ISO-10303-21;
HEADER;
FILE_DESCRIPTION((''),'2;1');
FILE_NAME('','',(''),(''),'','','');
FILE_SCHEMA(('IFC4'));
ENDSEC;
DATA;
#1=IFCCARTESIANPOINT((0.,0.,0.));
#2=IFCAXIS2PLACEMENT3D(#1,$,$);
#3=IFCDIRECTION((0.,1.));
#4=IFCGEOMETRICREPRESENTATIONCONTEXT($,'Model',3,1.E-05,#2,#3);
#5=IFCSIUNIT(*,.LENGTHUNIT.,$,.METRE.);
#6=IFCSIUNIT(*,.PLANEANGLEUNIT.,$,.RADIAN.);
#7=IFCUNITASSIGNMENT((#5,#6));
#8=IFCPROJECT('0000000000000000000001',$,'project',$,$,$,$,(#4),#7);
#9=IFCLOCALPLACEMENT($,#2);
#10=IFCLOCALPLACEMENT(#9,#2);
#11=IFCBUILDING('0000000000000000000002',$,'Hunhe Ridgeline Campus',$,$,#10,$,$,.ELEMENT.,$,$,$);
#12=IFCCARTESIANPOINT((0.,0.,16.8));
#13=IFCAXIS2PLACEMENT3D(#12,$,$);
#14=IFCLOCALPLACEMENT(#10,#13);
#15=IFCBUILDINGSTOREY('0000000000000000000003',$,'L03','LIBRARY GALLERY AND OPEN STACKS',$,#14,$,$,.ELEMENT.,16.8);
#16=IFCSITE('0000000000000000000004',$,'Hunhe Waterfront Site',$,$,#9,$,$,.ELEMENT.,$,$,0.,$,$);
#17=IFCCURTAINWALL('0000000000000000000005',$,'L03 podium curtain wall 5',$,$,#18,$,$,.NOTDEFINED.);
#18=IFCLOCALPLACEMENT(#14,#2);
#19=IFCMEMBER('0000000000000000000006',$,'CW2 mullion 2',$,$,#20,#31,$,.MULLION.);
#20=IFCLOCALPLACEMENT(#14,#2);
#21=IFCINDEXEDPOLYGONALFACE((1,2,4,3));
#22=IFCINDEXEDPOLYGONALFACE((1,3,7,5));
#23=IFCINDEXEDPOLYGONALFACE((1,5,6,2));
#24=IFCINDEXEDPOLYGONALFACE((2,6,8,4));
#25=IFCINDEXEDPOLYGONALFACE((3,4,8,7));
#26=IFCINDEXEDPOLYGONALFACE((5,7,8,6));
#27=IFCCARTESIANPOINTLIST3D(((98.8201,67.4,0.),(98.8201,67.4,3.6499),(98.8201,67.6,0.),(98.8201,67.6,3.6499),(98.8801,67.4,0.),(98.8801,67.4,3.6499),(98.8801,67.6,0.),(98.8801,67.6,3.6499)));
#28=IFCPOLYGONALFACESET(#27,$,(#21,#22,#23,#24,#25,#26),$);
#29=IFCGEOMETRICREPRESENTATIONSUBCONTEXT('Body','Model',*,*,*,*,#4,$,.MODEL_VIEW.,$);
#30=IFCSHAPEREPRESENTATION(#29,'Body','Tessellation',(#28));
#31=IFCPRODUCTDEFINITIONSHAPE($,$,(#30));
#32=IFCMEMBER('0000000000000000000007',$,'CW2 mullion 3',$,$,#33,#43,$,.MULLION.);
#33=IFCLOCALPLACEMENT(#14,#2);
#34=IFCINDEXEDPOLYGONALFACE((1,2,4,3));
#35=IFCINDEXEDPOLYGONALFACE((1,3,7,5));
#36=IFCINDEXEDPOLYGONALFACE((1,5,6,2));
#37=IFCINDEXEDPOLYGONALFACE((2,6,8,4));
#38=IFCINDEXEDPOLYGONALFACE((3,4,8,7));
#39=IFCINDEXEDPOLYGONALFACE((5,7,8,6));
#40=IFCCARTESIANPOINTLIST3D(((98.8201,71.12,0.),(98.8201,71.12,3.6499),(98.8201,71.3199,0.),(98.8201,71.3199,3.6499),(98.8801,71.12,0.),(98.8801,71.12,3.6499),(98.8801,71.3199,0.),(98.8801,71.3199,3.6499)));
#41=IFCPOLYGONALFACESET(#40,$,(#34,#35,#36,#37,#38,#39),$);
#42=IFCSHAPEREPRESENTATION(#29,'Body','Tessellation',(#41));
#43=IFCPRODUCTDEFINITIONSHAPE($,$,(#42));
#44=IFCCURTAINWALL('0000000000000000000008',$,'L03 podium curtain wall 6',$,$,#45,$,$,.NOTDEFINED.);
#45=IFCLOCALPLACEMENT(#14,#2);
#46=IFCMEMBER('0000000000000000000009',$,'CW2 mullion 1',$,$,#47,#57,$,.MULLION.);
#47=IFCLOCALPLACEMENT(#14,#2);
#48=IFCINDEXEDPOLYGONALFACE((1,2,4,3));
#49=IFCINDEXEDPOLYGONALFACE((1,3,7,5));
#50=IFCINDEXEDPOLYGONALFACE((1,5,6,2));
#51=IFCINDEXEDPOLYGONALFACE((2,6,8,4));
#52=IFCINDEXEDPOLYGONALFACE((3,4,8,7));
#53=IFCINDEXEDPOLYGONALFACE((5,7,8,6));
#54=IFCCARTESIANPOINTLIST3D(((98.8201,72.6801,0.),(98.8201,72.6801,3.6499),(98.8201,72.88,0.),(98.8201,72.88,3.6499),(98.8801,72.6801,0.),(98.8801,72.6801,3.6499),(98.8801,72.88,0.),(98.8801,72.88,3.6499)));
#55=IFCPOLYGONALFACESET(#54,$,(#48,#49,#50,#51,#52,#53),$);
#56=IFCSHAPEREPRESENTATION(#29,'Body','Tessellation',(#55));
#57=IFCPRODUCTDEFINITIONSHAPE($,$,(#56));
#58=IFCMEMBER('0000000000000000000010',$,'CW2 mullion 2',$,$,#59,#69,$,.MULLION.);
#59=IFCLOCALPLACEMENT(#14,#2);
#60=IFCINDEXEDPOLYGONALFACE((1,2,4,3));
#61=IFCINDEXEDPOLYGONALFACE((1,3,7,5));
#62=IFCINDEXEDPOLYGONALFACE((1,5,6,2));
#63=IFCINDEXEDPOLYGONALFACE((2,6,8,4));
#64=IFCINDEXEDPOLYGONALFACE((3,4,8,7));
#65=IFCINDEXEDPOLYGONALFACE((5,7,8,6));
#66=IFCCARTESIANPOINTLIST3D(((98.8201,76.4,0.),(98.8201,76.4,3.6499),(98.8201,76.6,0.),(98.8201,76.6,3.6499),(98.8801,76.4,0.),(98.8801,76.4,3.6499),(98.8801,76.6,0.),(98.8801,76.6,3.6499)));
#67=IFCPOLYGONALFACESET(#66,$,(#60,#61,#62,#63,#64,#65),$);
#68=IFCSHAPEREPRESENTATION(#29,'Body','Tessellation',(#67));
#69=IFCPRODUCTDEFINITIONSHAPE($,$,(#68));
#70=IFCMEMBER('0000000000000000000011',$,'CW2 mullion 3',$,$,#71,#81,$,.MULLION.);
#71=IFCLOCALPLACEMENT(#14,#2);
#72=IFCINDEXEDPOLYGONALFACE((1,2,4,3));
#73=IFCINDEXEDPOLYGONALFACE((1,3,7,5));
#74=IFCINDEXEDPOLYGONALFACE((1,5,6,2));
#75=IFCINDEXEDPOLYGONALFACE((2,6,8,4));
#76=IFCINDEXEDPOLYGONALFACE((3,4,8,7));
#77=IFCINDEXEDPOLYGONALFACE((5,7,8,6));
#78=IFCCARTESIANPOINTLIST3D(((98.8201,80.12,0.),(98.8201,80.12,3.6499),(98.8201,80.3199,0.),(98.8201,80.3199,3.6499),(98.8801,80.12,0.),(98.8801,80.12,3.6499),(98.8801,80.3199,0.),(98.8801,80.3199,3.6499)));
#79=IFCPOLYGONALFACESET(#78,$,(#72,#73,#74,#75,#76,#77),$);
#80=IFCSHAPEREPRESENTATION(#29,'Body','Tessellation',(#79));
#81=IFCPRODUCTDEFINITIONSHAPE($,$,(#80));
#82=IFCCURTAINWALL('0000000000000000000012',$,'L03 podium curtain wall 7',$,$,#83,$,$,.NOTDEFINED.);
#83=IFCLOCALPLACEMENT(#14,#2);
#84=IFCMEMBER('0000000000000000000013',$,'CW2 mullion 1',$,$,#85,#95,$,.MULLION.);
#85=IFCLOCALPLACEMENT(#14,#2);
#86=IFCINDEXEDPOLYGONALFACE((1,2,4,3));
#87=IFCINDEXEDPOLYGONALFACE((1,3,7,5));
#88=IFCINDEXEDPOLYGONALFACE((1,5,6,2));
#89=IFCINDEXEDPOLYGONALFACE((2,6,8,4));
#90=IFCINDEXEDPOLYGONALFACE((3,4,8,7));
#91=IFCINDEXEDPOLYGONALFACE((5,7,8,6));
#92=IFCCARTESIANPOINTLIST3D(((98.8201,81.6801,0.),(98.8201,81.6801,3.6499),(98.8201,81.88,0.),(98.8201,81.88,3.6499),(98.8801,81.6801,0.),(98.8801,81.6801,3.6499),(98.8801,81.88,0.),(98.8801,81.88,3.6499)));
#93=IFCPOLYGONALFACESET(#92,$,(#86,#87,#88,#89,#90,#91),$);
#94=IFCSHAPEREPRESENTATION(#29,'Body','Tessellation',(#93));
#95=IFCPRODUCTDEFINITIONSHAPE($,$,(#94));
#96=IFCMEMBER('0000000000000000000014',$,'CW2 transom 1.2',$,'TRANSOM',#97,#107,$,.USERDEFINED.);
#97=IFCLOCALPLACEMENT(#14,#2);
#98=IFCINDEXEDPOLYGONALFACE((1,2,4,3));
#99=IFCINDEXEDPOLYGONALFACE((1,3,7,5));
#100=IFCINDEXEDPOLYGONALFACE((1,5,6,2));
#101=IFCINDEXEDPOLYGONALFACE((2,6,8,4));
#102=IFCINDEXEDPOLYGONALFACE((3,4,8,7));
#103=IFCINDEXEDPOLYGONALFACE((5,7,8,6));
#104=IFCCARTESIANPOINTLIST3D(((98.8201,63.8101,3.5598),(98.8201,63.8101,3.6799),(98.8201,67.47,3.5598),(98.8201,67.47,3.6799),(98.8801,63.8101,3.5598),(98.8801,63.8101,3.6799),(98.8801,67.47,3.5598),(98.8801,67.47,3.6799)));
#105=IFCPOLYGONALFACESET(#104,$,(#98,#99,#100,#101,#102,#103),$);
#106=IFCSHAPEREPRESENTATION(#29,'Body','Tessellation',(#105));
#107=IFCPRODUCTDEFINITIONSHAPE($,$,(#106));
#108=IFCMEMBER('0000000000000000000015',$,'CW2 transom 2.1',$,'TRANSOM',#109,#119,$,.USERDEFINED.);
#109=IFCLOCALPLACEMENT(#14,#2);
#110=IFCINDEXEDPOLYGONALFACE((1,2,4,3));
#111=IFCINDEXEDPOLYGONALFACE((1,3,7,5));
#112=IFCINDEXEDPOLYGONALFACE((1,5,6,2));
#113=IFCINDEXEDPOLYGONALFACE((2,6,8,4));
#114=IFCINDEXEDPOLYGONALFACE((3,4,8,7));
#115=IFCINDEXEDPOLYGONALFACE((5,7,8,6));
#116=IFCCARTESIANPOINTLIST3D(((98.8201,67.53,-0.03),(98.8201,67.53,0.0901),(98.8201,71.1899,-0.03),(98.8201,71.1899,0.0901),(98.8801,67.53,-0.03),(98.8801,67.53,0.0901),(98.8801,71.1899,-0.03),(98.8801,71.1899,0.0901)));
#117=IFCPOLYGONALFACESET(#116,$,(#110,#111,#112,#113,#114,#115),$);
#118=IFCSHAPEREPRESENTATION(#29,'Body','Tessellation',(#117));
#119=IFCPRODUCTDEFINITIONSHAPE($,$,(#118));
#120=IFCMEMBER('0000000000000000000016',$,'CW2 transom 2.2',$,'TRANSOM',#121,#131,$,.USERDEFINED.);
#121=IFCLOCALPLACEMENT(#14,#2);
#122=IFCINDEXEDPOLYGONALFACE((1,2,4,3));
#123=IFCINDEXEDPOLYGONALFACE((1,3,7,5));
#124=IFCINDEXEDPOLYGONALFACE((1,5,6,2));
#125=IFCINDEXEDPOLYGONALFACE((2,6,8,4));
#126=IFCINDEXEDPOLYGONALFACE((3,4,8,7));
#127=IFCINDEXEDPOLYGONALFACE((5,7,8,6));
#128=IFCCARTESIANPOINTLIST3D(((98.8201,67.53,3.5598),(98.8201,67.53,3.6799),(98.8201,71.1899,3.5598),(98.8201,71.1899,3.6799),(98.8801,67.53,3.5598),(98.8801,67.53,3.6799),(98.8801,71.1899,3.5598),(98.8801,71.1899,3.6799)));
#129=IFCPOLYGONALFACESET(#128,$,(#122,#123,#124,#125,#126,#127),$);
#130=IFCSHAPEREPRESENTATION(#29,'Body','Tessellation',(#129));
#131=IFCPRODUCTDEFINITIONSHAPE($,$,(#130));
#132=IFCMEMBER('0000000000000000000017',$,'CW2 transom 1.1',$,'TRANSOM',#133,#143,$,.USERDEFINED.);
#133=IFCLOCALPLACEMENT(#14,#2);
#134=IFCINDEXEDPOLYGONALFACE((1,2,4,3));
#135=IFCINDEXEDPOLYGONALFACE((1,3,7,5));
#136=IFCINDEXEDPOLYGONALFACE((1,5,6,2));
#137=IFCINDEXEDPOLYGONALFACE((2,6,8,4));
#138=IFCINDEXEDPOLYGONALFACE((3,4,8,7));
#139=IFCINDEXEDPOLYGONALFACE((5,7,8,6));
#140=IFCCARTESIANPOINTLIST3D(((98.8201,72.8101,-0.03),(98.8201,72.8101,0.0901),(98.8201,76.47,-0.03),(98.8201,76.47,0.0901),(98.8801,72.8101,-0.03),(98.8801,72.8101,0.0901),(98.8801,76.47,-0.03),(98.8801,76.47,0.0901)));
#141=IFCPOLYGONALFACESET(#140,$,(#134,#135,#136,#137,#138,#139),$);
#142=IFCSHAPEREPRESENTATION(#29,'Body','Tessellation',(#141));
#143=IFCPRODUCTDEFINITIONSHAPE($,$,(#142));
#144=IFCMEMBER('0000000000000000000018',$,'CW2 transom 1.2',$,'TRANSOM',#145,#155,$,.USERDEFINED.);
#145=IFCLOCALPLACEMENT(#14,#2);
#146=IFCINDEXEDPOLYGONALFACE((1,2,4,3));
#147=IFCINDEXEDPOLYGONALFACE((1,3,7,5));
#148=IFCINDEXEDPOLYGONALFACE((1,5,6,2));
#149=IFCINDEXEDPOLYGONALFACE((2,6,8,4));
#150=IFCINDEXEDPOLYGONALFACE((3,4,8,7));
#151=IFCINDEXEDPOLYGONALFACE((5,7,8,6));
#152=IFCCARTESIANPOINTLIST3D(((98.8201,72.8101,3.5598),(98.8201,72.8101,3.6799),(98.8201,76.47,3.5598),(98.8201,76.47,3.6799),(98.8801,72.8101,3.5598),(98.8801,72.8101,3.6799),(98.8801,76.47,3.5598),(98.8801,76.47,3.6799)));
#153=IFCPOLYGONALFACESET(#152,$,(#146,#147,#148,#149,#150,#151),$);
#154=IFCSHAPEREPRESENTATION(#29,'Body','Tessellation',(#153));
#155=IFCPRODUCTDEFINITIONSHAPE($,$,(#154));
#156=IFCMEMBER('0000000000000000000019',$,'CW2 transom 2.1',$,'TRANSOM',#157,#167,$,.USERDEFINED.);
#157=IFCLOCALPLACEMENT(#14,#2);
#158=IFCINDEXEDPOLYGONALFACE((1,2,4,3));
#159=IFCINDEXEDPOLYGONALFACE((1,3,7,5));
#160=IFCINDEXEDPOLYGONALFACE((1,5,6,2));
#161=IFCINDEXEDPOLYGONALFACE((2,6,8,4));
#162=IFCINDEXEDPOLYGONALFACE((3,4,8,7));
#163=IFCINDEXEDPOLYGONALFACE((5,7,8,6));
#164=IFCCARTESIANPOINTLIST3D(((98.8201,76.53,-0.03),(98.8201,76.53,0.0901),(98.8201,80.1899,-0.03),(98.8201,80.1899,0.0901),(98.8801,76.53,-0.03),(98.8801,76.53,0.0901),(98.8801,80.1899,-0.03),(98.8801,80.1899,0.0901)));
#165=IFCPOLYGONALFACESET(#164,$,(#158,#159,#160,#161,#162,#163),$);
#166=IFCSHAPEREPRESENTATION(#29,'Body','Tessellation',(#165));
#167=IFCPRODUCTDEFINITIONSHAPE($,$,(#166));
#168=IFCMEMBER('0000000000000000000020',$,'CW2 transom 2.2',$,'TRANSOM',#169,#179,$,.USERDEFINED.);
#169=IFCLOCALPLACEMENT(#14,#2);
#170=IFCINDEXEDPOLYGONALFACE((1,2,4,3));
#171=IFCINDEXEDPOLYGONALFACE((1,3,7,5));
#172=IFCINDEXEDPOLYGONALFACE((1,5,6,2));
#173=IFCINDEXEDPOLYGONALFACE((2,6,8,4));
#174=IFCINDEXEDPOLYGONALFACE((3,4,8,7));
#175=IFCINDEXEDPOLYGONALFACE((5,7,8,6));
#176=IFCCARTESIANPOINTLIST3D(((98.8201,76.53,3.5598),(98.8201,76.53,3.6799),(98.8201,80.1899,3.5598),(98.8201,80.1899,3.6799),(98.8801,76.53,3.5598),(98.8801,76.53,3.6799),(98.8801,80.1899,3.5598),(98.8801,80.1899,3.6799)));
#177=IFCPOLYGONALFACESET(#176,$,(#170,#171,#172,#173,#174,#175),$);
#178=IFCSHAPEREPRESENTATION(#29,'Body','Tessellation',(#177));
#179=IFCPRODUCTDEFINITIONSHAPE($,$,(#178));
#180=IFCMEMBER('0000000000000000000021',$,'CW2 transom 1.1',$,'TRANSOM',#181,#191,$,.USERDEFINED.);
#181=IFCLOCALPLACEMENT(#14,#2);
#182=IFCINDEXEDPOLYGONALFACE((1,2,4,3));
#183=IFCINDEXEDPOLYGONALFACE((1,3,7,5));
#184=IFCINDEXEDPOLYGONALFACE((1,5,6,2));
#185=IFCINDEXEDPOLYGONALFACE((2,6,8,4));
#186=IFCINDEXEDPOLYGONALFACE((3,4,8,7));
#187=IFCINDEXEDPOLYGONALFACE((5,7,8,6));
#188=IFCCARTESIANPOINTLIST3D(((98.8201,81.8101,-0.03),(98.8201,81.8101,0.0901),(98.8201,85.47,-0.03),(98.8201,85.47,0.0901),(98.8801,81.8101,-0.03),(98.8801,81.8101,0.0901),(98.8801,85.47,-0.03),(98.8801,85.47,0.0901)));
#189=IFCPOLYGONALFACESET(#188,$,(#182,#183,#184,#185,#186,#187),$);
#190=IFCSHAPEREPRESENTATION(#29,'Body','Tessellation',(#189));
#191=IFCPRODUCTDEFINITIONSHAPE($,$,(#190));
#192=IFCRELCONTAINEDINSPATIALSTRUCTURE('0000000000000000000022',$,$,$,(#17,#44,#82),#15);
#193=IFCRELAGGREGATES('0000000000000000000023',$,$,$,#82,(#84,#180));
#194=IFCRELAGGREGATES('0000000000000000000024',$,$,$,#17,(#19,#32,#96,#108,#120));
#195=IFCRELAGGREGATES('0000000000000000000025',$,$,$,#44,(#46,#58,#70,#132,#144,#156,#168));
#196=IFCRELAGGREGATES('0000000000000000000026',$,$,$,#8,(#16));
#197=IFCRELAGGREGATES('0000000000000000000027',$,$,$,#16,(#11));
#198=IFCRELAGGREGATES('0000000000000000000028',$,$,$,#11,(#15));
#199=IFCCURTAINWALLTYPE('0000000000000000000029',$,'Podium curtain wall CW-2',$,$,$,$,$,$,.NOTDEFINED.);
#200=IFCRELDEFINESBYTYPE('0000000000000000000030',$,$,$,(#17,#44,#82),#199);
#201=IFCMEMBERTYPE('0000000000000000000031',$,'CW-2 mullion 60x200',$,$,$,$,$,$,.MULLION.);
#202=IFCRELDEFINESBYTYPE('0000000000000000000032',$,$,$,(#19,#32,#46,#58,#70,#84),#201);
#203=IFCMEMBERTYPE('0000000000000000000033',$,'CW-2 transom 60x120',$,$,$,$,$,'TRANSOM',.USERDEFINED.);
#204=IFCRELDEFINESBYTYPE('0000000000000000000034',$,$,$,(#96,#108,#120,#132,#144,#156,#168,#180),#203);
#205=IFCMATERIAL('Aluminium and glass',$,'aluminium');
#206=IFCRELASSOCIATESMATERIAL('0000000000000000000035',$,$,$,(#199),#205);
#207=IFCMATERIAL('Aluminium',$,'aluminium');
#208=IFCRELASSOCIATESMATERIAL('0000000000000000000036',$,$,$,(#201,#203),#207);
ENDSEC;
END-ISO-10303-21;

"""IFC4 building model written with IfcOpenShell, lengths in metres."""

from ifc_helpers import new_model, si_unit, direction, frame, origin, origin_2d, place, context, subcontext, project, spatial, rectangle, extrude, material, material_profile, profile_set, type_object, element, aggregate, save


model = new_model("IFC4")

# Units and contexts
model_context = context("Model", 3, precision=1e-05, world=origin(), true_north=direction((0.0, 1.0)))
body_context = subcontext(model_context, "Body", "Model", "MODEL_VIEW")
ifc_project = project(units=[si_unit("LENGTHUNIT", "METRE"), si_unit("PLANEANGLEUNIT", "RADIAN")], contexts=[model_context])

# Site, building, storey
site_placement = place(None, origin())
site = spatial("IfcSite", under=ifc_project, at=site_placement, Name="Hunhe Waterfront Site", CompositionType="ELEMENT", RefElevation=0.0)
building_placement = place(site_placement, origin())
building = spatial("IfcBuilding", under=site, at=building_placement, Name="Hunhe Ridgeline Campus", CompositionType="ELEMENT")
storey_placement = place(building_placement, frame((0.0, 0.0, 16.8)))
storey = spatial("IfcBuildingStorey", under=building, at=storey_placement, Name="L03", Description="LIBRARY GALLERY AND OPEN STACKS", CompositionType="ELEMENT", Elevation=16.8)

# Curtain walls, members
ifc_material_1 = material(Name="Aluminium and glass", Category="aluminium")
curtain_wall_type = type_object("IfcCurtainWallType", Name="Podium curtain wall CW-2", PredefinedType="NOTDEFINED", material=ifc_material_1)
curtain_wall_1_placement = place(storey_placement, origin())
curtain_wall_1 = element("IfcCurtainWall", 1, at=curtain_wall_1_placement, inside=storey, type_object=curtain_wall_type, Name="L03 podium curtain wall 5", PredefinedType="NOTDEFINED")
ifc_material_2 = material(Name="Aluminium", Category="aluminium")
ifc_material_profile_1 = material_profile(ifc_material_2, rectangle(XDim=0.0601, YDim=0.2, at=origin_2d()))
ifc_profile_set_1 = profile_set([ifc_material_profile_1], Name="Aluminium")
member_type_1 = type_object("IfcMemberType", Name="CW-2 mullion 60x200", PredefinedType="MULLION", material=ifc_profile_set_1)
member_1_placement = place(storey_placement, frame((98.8501, 67.5, 0.0), z_axis=(0.0, 0.0, 1.0), x_axis=(-1.0, 0.0, 0.0)))
member_1 = element("IfcMember", 2, at=member_1_placement, type_object=member_type_1, Name="CW2 mullion 2", PredefinedType="MULLION", context=body_context, shape_type="SweptSolid", body=[
    extrude(rectangle(XDim=0.0601, YDim=0.2, at=origin_2d()), origin(), (0.0, 0.0, 1.0), 3.6499),
])
member_2_placement = place(storey_placement, frame((98.8501, 71.22, 0.0), z_axis=(0.0, 0.0, 1.0), x_axis=(-1.0, 0.0, 0.0)))
member_2 = element("IfcMember", 3, at=member_2_placement, type_object=member_type_1, Name="CW2 mullion 3", PredefinedType="MULLION", context=body_context, shape_type="SweptSolid", body=[
    extrude(rectangle(XDim=0.0601, YDim=0.2, at=origin_2d()), origin(), (0.0, 0.0, 1.0), 3.6499),
])
curtain_wall_2_placement = place(storey_placement, origin())
curtain_wall_2 = element("IfcCurtainWall", 4, at=curtain_wall_2_placement, inside=storey, type_object=curtain_wall_type, Name="L03 podium curtain wall 6", PredefinedType="NOTDEFINED")
member_3_placement = place(storey_placement, frame((98.8501, 72.78, 0.0), z_axis=(0.0, 0.0, 1.0), x_axis=(-1.0, 0.0, 0.0)))
member_3 = element("IfcMember", 5, at=member_3_placement, type_object=member_type_1, Name="CW2 mullion 1", PredefinedType="MULLION", context=body_context, shape_type="SweptSolid", body=[
    extrude(rectangle(XDim=0.0601, YDim=0.2, at=origin_2d()), origin(), (0.0, 0.0, 1.0), 3.6499),
])
member_4_placement = place(storey_placement, frame((98.8501, 76.5, 0.0), z_axis=(0.0, 0.0, 1.0), x_axis=(-1.0, 0.0, 0.0)))
member_4 = element("IfcMember", 6, at=member_4_placement, type_object=member_type_1, Name="CW2 mullion 2", PredefinedType="MULLION", context=body_context, shape_type="SweptSolid", body=[
    extrude(rectangle(XDim=0.0601, YDim=0.2, at=origin_2d()), origin(), (0.0, 0.0, 1.0), 3.6499),
])
member_5_placement = place(storey_placement, frame((98.8501, 80.22, 0.0), z_axis=(0.0, 0.0, 1.0), x_axis=(-1.0, 0.0, 0.0)))
member_5 = element("IfcMember", 7, at=member_5_placement, type_object=member_type_1, Name="CW2 mullion 3", PredefinedType="MULLION", context=body_context, shape_type="SweptSolid", body=[
    extrude(rectangle(XDim=0.0601, YDim=0.2, at=origin_2d()), origin(), (0.0, 0.0, 1.0), 3.6499),
])

# Curtain wall, member
curtain_wall_3_placement = place(storey_placement, origin())
curtain_wall_3 = element("IfcCurtainWall", 8, at=curtain_wall_3_placement, inside=storey, type_object=curtain_wall_type, Name="L03 podium curtain wall 7", PredefinedType="NOTDEFINED")
member_6_placement = place(storey_placement, frame((98.8501, 81.78, 0.0), z_axis=(0.0, 0.0, 1.0), x_axis=(-1.0, 0.0, 0.0)))
member_6 = element("IfcMember", 9, at=member_6_placement, type_object=member_type_1, Name="CW2 mullion 1", PredefinedType="MULLION", context=body_context, shape_type="SweptSolid", body=[
    extrude(rectangle(XDim=0.0601, YDim=0.2, at=origin_2d()), origin(), (0.0, 0.0, 1.0), 3.6499),
])

# Members
ifc_material_profile_2 = material_profile(ifc_material_2, rectangle(XDim=0.0601, YDim=0.1201, at=origin_2d()))
ifc_profile_set_2 = profile_set([ifc_material_profile_2], Name="Aluminium")
member_type_2 = type_object("IfcMemberType", Name="CW-2 transom 60x120", ElementType="TRANSOM", PredefinedType="USERDEFINED", material=ifc_profile_set_2)
member_7_placement = place(storey_placement, frame((98.8501, 63.8101, 3.6199), z_axis=(0.0, 1.0, 0.0), x_axis=(-1.0, 0.0, 0.0)))
member_7 = element("IfcMember", 10, at=member_7_placement, type_object=member_type_2, Name="CW2 transom 1.2", ObjectType="TRANSOM", PredefinedType="USERDEFINED", context=body_context, shape_type="SweptSolid", body=[
    extrude(rectangle(XDim=0.0601, YDim=0.1201, at=origin_2d()), origin(), (0.0, 0.0, 1.0), 3.6599),
])
member_8_placement = place(storey_placement, frame((98.8501, 67.53, 0.03), z_axis=(0.0, 1.0, 0.0), x_axis=(-1.0, 0.0, 0.0)))
member_8 = element("IfcMember", 11, at=member_8_placement, type_object=member_type_2, Name="CW2 transom 2.1", ObjectType="TRANSOM", PredefinedType="USERDEFINED", context=body_context, shape_type="SweptSolid", body=[
    extrude(rectangle(XDim=0.0601, YDim=0.1201, at=origin_2d()), origin(), (0.0, 0.0, 1.0), 3.6599),
])
member_9_placement = place(storey_placement, frame((98.8501, 67.53, 3.6199), z_axis=(0.0, 1.0, 0.0), x_axis=(-1.0, 0.0, 0.0)))
member_9 = element("IfcMember", 12, at=member_9_placement, type_object=member_type_2, Name="CW2 transom 2.2", ObjectType="TRANSOM", PredefinedType="USERDEFINED", context=body_context, shape_type="SweptSolid", body=[
    extrude(rectangle(XDim=0.0601, YDim=0.1201, at=origin_2d()), origin(), (0.0, 0.0, 1.0), 3.6599),
])
member_10_placement = place(storey_placement, frame((98.8501, 72.8101, 0.03), z_axis=(0.0, 1.0, 0.0), x_axis=(-1.0, 0.0, 0.0)))
member_10 = element("IfcMember", 13, at=member_10_placement, type_object=member_type_2, Name="CW2 transom 1.1", ObjectType="TRANSOM", PredefinedType="USERDEFINED", context=body_context, shape_type="SweptSolid", body=[
    extrude(rectangle(XDim=0.0601, YDim=0.1201, at=origin_2d()), origin(), (0.0, 0.0, 1.0), 3.6599),
])
member_11_placement = place(storey_placement, frame((98.8501, 72.8101, 3.6199), z_axis=(0.0, 1.0, 0.0), x_axis=(-1.0, 0.0, 0.0)))
member_11 = element("IfcMember", 14, at=member_11_placement, type_object=member_type_2, Name="CW2 transom 1.2", ObjectType="TRANSOM", PredefinedType="USERDEFINED", context=body_context, shape_type="SweptSolid", body=[
    extrude(rectangle(XDim=0.0601, YDim=0.1201, at=origin_2d()), origin(), (0.0, 0.0, 1.0), 3.6599),
])
member_12_placement = place(storey_placement, frame((98.8501, 76.53, 0.03), z_axis=(0.0, 1.0, 0.0), x_axis=(-1.0, 0.0, 0.0)))
member_12 = element("IfcMember", 15, at=member_12_placement, type_object=member_type_2, Name="CW2 transom 2.1", ObjectType="TRANSOM", PredefinedType="USERDEFINED", context=body_context, shape_type="SweptSolid", body=[
    extrude(rectangle(XDim=0.0601, YDim=0.1201, at=origin_2d()), origin(), (0.0, 0.0, 1.0), 3.6599),
])
member_13_placement = place(storey_placement, frame((98.8501, 76.53, 3.6199), z_axis=(0.0, 1.0, 0.0), x_axis=(-1.0, 0.0, 0.0)))
member_13 = element("IfcMember", 16, at=member_13_placement, type_object=member_type_2, Name="CW2 transom 2.2", ObjectType="TRANSOM", PredefinedType="USERDEFINED", context=body_context, shape_type="SweptSolid", body=[
    extrude(rectangle(XDim=0.0601, YDim=0.1201, at=origin_2d()), origin(), (0.0, 0.0, 1.0), 3.6599),
])
member_14_placement = place(storey_placement, frame((98.8501, 81.8101, 0.03), z_axis=(0.0, 1.0, 0.0), x_axis=(-1.0, 0.0, 0.0)))
member_14 = element("IfcMember", 17, at=member_14_placement, type_object=member_type_2, Name="CW2 transom 1.1", ObjectType="TRANSOM", PredefinedType="USERDEFINED", context=body_context, shape_type="SweptSolid", body=[
    extrude(rectangle(XDim=0.0601, YDim=0.1201, at=origin_2d()), origin(), (0.0, 0.0, 1.0), 3.6599),
])
aggregate(curtain_wall_3, [member_6, member_14])

aggregate(curtain_wall_1, [member_1, member_2, member_7, member_8, member_9])
aggregate(curtain_wall_2, [member_3, member_4, member_5, member_10, member_11, member_12, member_13])

save(model, "model.ifc")
